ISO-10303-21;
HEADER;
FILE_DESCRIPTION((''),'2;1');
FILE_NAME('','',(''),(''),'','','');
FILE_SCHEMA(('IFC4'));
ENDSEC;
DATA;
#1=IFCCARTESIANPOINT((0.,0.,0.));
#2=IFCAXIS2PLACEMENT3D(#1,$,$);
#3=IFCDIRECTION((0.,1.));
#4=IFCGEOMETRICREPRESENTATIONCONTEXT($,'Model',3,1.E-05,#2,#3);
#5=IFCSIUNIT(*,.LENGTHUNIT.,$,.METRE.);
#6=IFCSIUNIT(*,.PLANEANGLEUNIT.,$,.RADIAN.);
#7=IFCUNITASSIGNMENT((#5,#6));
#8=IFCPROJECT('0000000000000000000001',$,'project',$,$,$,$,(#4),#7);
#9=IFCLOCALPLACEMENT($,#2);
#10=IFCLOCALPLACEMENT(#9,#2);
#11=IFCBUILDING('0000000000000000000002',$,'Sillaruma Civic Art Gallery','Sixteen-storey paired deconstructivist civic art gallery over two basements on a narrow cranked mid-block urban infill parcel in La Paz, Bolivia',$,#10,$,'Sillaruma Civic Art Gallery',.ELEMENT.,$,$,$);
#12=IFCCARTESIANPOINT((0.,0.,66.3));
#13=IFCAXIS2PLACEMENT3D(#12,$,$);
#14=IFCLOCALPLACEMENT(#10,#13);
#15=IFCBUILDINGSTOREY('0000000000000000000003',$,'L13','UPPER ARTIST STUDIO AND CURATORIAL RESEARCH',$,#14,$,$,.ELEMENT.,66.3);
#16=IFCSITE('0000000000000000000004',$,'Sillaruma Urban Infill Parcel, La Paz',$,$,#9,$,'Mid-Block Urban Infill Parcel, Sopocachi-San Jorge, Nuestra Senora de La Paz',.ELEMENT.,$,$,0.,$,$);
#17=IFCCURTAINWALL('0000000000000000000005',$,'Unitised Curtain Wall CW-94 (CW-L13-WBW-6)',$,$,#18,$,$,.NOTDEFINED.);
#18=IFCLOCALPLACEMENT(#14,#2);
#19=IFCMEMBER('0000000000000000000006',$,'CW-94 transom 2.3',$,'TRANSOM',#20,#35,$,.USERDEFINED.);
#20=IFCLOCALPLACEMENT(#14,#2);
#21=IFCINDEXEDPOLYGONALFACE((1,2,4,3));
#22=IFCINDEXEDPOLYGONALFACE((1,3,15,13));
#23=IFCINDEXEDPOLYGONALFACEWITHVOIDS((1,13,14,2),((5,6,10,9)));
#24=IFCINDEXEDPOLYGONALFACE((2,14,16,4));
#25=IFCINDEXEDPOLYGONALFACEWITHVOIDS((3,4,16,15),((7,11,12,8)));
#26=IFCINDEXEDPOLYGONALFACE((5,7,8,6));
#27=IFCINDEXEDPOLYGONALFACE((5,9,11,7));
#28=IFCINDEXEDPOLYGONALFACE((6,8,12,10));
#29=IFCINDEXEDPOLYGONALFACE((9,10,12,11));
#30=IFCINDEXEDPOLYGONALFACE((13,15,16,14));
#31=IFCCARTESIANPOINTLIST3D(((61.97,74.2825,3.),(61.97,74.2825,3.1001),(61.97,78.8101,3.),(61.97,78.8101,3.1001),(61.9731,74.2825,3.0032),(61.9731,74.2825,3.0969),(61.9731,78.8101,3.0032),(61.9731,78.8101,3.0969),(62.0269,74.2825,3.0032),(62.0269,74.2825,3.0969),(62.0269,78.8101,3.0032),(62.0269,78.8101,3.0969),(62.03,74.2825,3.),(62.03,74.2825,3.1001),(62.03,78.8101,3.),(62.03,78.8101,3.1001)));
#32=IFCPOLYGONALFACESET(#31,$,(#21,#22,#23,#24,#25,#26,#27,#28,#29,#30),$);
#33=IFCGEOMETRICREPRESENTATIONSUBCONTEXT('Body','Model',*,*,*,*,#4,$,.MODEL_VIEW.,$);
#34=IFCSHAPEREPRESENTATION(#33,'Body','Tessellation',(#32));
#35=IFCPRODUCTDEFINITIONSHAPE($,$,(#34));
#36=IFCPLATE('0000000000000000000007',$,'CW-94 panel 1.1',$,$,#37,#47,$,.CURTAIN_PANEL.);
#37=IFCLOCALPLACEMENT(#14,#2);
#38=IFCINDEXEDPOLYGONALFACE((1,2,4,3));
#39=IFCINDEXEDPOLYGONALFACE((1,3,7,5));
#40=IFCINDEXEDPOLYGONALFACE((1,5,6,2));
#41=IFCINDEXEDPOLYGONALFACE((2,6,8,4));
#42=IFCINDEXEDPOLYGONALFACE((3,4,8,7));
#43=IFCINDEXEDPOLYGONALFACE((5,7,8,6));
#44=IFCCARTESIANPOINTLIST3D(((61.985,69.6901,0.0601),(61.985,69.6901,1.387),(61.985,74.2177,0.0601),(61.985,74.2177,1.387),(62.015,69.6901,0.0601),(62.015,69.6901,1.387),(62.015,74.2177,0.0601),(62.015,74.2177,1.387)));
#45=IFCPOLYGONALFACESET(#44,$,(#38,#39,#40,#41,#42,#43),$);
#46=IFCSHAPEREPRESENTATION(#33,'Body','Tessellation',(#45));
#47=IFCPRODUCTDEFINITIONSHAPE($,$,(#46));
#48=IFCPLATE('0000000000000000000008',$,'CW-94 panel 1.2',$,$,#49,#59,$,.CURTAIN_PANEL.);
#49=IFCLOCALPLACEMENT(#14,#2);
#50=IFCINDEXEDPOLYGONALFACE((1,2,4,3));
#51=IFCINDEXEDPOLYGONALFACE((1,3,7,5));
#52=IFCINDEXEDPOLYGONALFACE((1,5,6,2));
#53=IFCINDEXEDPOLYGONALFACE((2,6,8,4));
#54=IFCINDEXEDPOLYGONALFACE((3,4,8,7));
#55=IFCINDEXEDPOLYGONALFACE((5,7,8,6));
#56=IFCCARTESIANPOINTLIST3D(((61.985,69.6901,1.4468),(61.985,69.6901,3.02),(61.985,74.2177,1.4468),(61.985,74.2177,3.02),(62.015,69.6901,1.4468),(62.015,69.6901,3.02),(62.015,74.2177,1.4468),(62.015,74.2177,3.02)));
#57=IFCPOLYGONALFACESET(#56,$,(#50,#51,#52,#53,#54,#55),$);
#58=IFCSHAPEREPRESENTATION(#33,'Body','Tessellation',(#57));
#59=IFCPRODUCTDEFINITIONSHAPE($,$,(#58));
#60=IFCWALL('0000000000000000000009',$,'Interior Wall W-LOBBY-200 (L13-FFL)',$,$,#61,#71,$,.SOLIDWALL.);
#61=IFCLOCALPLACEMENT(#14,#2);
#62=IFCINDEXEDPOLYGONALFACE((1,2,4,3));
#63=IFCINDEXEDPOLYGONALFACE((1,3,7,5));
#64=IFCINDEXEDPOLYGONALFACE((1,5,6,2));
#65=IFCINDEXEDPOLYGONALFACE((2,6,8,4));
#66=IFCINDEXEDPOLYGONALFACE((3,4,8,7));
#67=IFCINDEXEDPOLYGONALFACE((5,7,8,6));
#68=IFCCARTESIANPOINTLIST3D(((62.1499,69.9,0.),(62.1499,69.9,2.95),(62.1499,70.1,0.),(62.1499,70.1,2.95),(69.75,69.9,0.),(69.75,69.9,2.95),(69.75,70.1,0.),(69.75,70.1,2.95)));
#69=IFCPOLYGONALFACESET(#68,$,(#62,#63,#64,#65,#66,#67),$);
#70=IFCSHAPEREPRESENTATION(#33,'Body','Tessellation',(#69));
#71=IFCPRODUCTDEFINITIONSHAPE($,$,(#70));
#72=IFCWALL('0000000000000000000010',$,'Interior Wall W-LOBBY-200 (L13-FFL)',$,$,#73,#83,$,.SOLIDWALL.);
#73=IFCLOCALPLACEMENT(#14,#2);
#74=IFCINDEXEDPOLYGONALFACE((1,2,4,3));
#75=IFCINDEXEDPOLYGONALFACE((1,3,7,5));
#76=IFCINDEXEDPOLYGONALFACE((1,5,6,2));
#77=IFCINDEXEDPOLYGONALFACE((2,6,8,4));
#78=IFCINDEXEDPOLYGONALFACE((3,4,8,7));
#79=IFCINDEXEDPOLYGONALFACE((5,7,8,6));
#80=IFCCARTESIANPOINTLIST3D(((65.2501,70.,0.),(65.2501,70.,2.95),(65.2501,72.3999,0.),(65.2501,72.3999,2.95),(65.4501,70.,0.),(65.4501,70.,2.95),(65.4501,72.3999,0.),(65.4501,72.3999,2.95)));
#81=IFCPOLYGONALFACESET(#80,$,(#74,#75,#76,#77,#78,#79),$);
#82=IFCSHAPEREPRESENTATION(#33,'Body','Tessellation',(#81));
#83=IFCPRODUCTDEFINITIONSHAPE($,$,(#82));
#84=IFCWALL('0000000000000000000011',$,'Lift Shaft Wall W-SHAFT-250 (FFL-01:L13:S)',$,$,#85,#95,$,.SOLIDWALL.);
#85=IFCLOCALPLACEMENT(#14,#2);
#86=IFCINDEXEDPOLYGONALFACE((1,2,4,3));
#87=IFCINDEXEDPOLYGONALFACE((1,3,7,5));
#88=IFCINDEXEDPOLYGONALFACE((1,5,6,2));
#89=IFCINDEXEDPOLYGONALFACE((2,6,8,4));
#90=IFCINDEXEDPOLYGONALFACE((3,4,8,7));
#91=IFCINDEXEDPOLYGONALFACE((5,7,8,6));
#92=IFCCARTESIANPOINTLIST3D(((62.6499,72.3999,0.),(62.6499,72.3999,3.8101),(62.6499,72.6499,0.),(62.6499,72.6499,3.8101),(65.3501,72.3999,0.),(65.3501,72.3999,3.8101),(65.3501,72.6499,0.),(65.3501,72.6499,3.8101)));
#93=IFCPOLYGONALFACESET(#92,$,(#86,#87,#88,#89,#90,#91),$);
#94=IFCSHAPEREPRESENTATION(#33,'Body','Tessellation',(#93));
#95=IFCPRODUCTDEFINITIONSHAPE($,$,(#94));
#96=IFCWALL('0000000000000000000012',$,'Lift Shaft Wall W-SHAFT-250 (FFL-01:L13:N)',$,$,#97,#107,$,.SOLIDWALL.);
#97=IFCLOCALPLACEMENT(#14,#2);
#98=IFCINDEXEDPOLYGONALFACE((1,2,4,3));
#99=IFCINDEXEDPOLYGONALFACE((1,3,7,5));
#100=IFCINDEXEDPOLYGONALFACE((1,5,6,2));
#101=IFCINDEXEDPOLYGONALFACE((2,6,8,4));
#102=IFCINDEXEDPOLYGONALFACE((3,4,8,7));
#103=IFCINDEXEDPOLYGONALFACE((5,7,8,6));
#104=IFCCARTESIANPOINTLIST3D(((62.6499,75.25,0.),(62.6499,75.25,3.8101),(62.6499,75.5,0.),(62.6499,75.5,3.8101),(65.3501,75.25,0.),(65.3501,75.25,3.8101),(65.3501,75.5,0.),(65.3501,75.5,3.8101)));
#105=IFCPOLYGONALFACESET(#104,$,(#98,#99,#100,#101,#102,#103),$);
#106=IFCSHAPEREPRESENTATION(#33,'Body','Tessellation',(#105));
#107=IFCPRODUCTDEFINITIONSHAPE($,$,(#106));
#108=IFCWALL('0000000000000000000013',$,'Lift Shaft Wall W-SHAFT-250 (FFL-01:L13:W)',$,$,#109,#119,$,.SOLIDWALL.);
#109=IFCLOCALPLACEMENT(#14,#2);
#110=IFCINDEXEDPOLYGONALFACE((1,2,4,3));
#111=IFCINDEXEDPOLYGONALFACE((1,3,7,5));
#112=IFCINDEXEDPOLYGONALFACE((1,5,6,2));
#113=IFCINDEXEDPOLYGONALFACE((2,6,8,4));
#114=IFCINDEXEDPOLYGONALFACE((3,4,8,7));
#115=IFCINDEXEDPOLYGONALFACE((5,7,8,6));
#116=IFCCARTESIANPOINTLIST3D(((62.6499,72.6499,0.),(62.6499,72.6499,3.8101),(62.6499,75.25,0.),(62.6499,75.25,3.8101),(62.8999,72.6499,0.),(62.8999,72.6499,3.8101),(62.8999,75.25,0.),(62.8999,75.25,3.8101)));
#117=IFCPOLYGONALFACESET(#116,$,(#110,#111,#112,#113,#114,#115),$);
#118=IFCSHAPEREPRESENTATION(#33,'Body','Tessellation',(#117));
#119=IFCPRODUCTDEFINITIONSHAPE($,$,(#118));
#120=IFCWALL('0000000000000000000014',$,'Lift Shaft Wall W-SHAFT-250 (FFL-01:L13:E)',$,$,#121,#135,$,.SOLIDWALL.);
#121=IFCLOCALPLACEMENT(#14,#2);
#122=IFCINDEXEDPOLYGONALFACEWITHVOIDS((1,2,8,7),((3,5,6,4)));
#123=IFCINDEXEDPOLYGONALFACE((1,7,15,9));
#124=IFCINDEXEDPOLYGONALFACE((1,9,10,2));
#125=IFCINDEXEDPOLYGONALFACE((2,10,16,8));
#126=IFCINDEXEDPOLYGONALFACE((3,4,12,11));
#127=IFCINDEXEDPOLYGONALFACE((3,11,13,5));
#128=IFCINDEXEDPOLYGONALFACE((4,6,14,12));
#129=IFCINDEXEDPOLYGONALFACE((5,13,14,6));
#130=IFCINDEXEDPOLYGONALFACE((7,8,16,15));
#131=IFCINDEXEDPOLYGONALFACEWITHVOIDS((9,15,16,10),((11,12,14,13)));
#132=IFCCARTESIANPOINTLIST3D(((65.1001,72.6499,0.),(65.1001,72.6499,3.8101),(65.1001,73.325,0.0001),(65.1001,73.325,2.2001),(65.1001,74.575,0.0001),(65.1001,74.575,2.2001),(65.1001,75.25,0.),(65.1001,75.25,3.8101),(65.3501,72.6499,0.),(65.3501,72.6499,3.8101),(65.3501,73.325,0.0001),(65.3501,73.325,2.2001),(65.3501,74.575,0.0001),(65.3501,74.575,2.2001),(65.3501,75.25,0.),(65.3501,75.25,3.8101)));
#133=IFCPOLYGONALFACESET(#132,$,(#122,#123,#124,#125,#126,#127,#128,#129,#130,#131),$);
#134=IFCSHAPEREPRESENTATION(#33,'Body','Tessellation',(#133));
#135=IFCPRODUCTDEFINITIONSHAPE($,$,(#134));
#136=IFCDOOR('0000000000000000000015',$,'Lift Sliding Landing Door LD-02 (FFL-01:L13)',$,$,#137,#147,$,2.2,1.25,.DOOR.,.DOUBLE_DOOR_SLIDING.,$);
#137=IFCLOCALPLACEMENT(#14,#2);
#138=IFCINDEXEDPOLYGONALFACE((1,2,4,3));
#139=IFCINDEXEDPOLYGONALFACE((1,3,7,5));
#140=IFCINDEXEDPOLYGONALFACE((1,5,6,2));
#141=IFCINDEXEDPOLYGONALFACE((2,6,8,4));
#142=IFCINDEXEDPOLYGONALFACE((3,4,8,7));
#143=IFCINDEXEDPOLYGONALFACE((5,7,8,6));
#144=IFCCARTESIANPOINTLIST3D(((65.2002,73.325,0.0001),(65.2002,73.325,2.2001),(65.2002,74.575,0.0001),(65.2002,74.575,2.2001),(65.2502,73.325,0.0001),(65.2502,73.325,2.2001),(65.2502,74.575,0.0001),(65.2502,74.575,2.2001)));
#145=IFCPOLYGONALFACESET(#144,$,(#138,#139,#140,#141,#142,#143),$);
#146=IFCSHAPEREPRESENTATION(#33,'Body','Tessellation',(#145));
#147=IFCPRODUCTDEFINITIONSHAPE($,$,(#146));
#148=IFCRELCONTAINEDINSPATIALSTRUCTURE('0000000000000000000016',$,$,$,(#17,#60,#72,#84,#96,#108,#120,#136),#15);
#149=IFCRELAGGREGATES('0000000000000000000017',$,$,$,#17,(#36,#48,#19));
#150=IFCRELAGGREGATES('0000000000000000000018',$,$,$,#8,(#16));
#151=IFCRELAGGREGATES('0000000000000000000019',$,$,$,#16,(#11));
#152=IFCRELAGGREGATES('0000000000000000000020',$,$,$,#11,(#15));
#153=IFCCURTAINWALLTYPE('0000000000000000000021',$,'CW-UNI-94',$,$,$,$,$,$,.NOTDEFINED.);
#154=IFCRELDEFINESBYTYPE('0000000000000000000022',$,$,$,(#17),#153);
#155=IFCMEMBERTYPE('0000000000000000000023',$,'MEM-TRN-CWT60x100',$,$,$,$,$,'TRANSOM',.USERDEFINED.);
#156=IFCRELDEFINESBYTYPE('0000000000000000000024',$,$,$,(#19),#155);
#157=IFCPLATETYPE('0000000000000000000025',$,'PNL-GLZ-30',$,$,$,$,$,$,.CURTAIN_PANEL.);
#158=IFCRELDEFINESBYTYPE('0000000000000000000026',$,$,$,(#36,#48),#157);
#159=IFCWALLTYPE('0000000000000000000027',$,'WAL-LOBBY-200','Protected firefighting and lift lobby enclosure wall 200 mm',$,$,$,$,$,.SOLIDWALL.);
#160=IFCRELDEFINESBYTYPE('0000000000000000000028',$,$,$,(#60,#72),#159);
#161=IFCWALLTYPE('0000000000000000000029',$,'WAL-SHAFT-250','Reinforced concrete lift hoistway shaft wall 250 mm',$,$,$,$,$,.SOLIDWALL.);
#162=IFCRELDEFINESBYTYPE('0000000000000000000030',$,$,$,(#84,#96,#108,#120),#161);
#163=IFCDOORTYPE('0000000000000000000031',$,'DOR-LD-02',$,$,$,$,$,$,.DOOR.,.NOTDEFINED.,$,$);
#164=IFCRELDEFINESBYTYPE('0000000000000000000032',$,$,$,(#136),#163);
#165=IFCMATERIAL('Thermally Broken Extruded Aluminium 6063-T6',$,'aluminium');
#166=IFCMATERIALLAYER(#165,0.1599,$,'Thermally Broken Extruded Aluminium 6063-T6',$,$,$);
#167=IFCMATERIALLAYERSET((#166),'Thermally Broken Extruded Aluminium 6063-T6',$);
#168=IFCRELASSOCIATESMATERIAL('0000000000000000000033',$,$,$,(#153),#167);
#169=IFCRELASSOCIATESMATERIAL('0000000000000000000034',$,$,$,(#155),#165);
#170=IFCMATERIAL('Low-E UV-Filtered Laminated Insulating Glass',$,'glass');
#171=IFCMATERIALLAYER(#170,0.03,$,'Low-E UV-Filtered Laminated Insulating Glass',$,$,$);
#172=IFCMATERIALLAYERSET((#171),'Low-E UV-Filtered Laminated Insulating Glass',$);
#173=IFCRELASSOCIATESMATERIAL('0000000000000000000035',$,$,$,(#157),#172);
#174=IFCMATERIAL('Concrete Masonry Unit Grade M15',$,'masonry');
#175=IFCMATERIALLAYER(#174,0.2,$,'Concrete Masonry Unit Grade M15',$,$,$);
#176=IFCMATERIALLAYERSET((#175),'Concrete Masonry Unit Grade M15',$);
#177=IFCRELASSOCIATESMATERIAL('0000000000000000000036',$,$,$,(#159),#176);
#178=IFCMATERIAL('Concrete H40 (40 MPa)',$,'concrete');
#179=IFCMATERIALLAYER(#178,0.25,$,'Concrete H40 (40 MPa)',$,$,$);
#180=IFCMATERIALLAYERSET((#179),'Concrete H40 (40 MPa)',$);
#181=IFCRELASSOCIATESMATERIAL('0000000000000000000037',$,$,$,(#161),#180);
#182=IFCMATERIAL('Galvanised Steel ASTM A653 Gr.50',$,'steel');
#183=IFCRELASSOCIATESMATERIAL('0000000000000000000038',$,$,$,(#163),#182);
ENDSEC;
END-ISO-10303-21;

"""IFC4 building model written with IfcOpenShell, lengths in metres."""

from ifc_helpers import new_model, si_unit, direction, frame, frame_2d, origin, origin_2d, place, context, subcontext, project, spatial, rectangle, hollow_rectangle, extrude, material, layer, layer_set, material_profile, profile_set, type_object, element, fill, aggregate, save


model = new_model("IFC4")

# Units and contexts
model_context = context("Model", 3, precision=1e-05, world=origin(), true_north=direction((0.0, 1.0)))
body_context = subcontext(model_context, "Body", "Model", "MODEL_VIEW")
ifc_project = project(units=[si_unit("LENGTHUNIT", "METRE"), si_unit("PLANEANGLEUNIT", "RADIAN")], contexts=[model_context])

# Site, building, storey
site_placement = place(None, origin())
site = spatial("IfcSite", under=ifc_project, at=site_placement, Name="Sillaruma Urban Infill Parcel, La Paz", LongName="Mid-Block Urban Infill Parcel, Sopocachi-San Jorge, Nuestra Senora de La Paz", CompositionType="ELEMENT", RefElevation=0.0)
building_placement = place(site_placement, origin())
building = spatial("IfcBuilding", under=site, at=building_placement, Name="Sillaruma Civic Art Gallery", Description="Sixteen-storey paired deconstructivist civic art gallery over two basements on a narrow cranked mid-block urban infill parcel in La Paz, Bolivia", LongName="Sillaruma Civic Art Gallery", CompositionType="ELEMENT")
storey_placement = place(building_placement, frame((0.0, 0.0, 66.3)))
storey = spatial("IfcBuildingStorey", under=building, at=storey_placement, Name="L13", Description="UPPER ARTIST STUDIO AND CURATORIAL RESEARCH", CompositionType="ELEMENT", Elevation=66.3)

# Shared definitions
ifc_material_1 = material(Name="Concrete H40 (40 MPa)", Category="concrete")

# Curtain wall, member, plates
ifc_material_2 = material(Name="Thermally Broken Extruded Aluminium 6063-T6", Category="aluminium")
ifc_layer_1 = layer(ifc_material_2, 0.1599, Name="Thermally Broken Extruded Aluminium 6063-T6")
ifc_layer_set_1 = layer_set([ifc_layer_1], Name="Thermally Broken Extruded Aluminium 6063-T6")
curtain_wall_type = type_object("IfcCurtainWallType", Name="CW-UNI-94", PredefinedType="NOTDEFINED", material=ifc_layer_set_1)
curtain_wall_placement = place(storey_placement, origin())
curtain_wall = element("IfcCurtainWall", 1, at=curtain_wall_placement, inside=storey, type_object=curtain_wall_type, Name="Unitised Curtain Wall CW-94 (CW-L13-WBW-6)", PredefinedType="NOTDEFINED")
ifc_material_profile_1 = material_profile(ifc_material_2, hollow_rectangle(XDim=0.0601, YDim=0.1001, WallThickness=0.0032, at=origin_2d()), Name="CWT60x100")
ifc_profile_set_1 = profile_set([ifc_material_profile_1], Name="Thermally Broken Extruded Aluminium 6063-T6")
member_type_1 = type_object("IfcMemberType", Name="MEM-TRN-CWT60x100", ElementType="TRANSOM", PredefinedType="USERDEFINED", material=ifc_profile_set_1)
member_1_placement = place(storey_placement, frame((62.0, 74.2825, 3.05), z_axis=(0.0, 1.0, 0.0), x_axis=(-1.0, 0.0, 0.0)))
member_1 = element("IfcMember", 2, at=member_1_placement, type_object=member_type_1, Name="CW-94 transom 2.3", ObjectType="TRANSOM", PredefinedType="USERDEFINED", context=body_context, shape_type="SweptSolid", body=[
    extrude(hollow_rectangle(XDim=0.0601, YDim=0.1001, WallThickness=0.0032, at=origin_2d()), origin(), (0.0, 0.0, 1.0), 4.5276),
])
ifc_material_3 = material(Name="Low-E UV-Filtered Laminated Insulating Glass", Category="glass")
ifc_layer_2 = layer(ifc_material_3, 0.03, Name="Low-E UV-Filtered Laminated Insulating Glass")
ifc_layer_set_2 = layer_set([ifc_layer_2], Name="Low-E UV-Filtered Laminated Insulating Glass")
plate_type = type_object("IfcPlateType", Name="PNL-GLZ-30", PredefinedType="CURTAIN_PANEL", material=ifc_layer_set_2)
plate_1_placement = place(storey_placement, frame((62.0, 71.9539, 0.0601), z_axis=(0.0, 0.0, 1.0), x_axis=(0.0, 1.0, 0.0)))
plate_1 = element("IfcPlate", 3, at=plate_1_placement, type_object=plate_type, Name="CW-94 panel 1.1", PredefinedType="CURTAIN_PANEL", context=body_context, shape_type="SweptSolid", body=[
    extrude(rectangle(XDim=4.5276, YDim=0.03, at=origin_2d()), origin(), (0.0, 0.0, 1.0), 1.3269),
])
plate_2_placement = place(storey_placement, frame((62.0, 71.9539, 1.4468), z_axis=(0.0, 0.0, 1.0), x_axis=(0.0, 1.0, 0.0)))
plate_2 = element("IfcPlate", 4, at=plate_2_placement, type_object=plate_type, Name="CW-94 panel 1.2", PredefinedType="CURTAIN_PANEL", context=body_context, shape_type="SweptSolid", body=[
    extrude(rectangle(XDim=4.5276, YDim=0.03, at=origin_2d()), origin(), (0.0, 0.0, 1.0), 1.5732),
])
aggregate(curtain_wall, [plate_1, plate_2, member_1])

# Walls
ifc_material_4 = material(Name="Concrete Masonry Unit Grade M15", Category="masonry")
ifc_layer_3 = layer(ifc_material_4, 0.2, Name="Concrete Masonry Unit Grade M15")
ifc_layer_set_3 = layer_set([ifc_layer_3], Name="Concrete Masonry Unit Grade M15")
wall_type_1 = type_object("IfcWallType", Name="WAL-LOBBY-200", Description="Protected firefighting and lift lobby enclosure wall 200 mm", PredefinedType="SOLIDWALL", material=ifc_layer_set_3)
wall_1_placement = place(storey_placement, frame((62.1499, 70.0, 0.0), z_axis=(0.0, 0.0, 1.0), x_axis=(1.0, 0.0, 0.0)))
element("IfcWall", 5, at=wall_1_placement, inside=storey, type_object=wall_type_1, Name="Interior Wall W-LOBBY-200 (L13-FFL)", PredefinedType="SOLIDWALL", context=body_context, shape_type="SweptSolid", body=[
    extrude(rectangle(XDim=7.6001, YDim=0.2, at=frame_2d((3.8, 0.0))), origin(), (0.0, 0.0, 1.0), 2.95),
])
wall_2_placement = place(storey_placement, frame((65.3501, 70.0, 0.0), z_axis=(0.0, 0.0, 1.0), x_axis=(0.0, 1.0, 0.0)))
element("IfcWall", 6, at=wall_2_placement, inside=storey, type_object=wall_type_1, Name="Interior Wall W-LOBBY-200 (L13-FFL)", PredefinedType="SOLIDWALL", context=body_context, shape_type="SweptSolid", body=[
    extrude(rectangle(XDim=2.3999, YDim=0.2, at=frame_2d((1.2, 0.0))), origin(), (0.0, 0.0, 1.0), 2.95),
])
ifc_layer_4 = layer(ifc_material_1, 0.25, Name="Concrete H40 (40 MPa)")
ifc_layer_set_4 = layer_set([ifc_layer_4], Name="Concrete H40 (40 MPa)")
wall_type_2 = type_object("IfcWallType", Name="WAL-SHAFT-250", Description="Reinforced concrete lift hoistway shaft wall 250 mm", PredefinedType="SOLIDWALL", material=ifc_layer_set_4)
for number, where, z_axis, x_axis, name in (
    (7, (62.6499, 72.5249, 0.0), (0.0, 0.0, 1.0), (1.0, 0.0, 0.0), "Lift Shaft Wall W-SHAFT-250 (FFL-01:L13:S)"),
    (8, (62.6499, 75.375, 0.0), (0.0, 0.0, 1.0), (1.0, 0.0, 0.0), "Lift Shaft Wall W-SHAFT-250 (FFL-01:L13:N)"),
):
    element("IfcWall", number, at=place(storey_placement, frame(where, z_axis=z_axis, x_axis=x_axis)), inside=storey, type_object=wall_type_2, Name=name, PredefinedType="SOLIDWALL", context=body_context, shape_type="SweptSolid", body=[
        extrude(rectangle(XDim=2.7002, YDim=0.25, at=frame_2d((1.3501, 0.0))), origin(), (0.0, 0.0, 1.0), 3.8101),
    ])
wall_3_placement = place(storey_placement, frame((62.7749, 72.6499, 0.0), z_axis=(0.0, 0.0, 1.0), x_axis=(0.0, 1.0, 0.0)))
element("IfcWall", 9, at=wall_3_placement, inside=storey, type_object=wall_type_2, Name="Lift Shaft Wall W-SHAFT-250 (FFL-01:L13:W)", PredefinedType="SOLIDWALL", context=body_context, shape_type="SweptSolid", body=[
    extrude(rectangle(XDim=2.6001, YDim=0.25, at=frame_2d((1.3, 0.0))), origin(), (0.0, 0.0, 1.0), 3.8101),
])

# Wall, opening, door
wall_4_placement = place(storey_placement, frame((65.2251, 72.6499, 0.0), z_axis=(0.0, 0.0, 1.0), x_axis=(0.0, 1.0, 0.0)))
wall_4 = element("IfcWall", 10, at=wall_4_placement, inside=storey, type_object=wall_type_2, Name="Lift Shaft Wall W-SHAFT-250 (FFL-01:L13:E)", PredefinedType="SOLIDWALL", context=body_context, shape_type="SweptSolid", body=[
    extrude(rectangle(XDim=2.6001, YDim=0.25, at=frame_2d((1.3, 0.0))), origin(), (0.0, 0.0, 1.0), 3.8101),
])
opening_placement = place(wall_4_placement, frame((0.675, 0.0, 0.0)))
opening = element("IfcOpeningElement", 11, at=opening_placement, cuts=wall_4, PredefinedType="OPENING", context=body_context, shape_type="SweptSolid", body=[
    extrude(rectangle(XDim=1.25, YDim=2.2, at=frame_2d((0.625, 1.1001))), frame((0.0, 0.135, 0.0), z_axis=(0.0, -1.0, 0.0), x_axis=(1.0, 0.0, 0.0)), (0.0, 0.0, 1.0), 0.27),
])
ifc_material_5 = material(Name="Galvanised Steel ASTM A653 Gr.50", Category="steel")
door_type = type_object("IfcDoorType", Name="DOR-LD-02", OperationType="NOTDEFINED", PredefinedType="DOOR", material=ifc_material_5)
door_placement = place(opening_placement, origin())
door = element("IfcDoor", 12, at=door_placement, inside=storey, type_object=door_type, Name="Lift Sliding Landing Door LD-02 (FFL-01:L13)", OperationType="DOUBLE_DOOR_SLIDING", OverallHeight=2.2, OverallWidth=1.25, PredefinedType="DOOR", context=body_context, shape_type="SweptSolid", body=[
    extrude(rectangle(XDim=1.25, YDim=2.2, at=frame_2d((0.625, 1.1001))), frame((0.0, 0.0249, 0.0), z_axis=(0.0, -1.0, 0.0), x_axis=(1.0, 0.0, 0.0)), (0.0, 0.0, 1.0), 0.05),
])
fill(opening, door)

save(model, "model.ifc")
